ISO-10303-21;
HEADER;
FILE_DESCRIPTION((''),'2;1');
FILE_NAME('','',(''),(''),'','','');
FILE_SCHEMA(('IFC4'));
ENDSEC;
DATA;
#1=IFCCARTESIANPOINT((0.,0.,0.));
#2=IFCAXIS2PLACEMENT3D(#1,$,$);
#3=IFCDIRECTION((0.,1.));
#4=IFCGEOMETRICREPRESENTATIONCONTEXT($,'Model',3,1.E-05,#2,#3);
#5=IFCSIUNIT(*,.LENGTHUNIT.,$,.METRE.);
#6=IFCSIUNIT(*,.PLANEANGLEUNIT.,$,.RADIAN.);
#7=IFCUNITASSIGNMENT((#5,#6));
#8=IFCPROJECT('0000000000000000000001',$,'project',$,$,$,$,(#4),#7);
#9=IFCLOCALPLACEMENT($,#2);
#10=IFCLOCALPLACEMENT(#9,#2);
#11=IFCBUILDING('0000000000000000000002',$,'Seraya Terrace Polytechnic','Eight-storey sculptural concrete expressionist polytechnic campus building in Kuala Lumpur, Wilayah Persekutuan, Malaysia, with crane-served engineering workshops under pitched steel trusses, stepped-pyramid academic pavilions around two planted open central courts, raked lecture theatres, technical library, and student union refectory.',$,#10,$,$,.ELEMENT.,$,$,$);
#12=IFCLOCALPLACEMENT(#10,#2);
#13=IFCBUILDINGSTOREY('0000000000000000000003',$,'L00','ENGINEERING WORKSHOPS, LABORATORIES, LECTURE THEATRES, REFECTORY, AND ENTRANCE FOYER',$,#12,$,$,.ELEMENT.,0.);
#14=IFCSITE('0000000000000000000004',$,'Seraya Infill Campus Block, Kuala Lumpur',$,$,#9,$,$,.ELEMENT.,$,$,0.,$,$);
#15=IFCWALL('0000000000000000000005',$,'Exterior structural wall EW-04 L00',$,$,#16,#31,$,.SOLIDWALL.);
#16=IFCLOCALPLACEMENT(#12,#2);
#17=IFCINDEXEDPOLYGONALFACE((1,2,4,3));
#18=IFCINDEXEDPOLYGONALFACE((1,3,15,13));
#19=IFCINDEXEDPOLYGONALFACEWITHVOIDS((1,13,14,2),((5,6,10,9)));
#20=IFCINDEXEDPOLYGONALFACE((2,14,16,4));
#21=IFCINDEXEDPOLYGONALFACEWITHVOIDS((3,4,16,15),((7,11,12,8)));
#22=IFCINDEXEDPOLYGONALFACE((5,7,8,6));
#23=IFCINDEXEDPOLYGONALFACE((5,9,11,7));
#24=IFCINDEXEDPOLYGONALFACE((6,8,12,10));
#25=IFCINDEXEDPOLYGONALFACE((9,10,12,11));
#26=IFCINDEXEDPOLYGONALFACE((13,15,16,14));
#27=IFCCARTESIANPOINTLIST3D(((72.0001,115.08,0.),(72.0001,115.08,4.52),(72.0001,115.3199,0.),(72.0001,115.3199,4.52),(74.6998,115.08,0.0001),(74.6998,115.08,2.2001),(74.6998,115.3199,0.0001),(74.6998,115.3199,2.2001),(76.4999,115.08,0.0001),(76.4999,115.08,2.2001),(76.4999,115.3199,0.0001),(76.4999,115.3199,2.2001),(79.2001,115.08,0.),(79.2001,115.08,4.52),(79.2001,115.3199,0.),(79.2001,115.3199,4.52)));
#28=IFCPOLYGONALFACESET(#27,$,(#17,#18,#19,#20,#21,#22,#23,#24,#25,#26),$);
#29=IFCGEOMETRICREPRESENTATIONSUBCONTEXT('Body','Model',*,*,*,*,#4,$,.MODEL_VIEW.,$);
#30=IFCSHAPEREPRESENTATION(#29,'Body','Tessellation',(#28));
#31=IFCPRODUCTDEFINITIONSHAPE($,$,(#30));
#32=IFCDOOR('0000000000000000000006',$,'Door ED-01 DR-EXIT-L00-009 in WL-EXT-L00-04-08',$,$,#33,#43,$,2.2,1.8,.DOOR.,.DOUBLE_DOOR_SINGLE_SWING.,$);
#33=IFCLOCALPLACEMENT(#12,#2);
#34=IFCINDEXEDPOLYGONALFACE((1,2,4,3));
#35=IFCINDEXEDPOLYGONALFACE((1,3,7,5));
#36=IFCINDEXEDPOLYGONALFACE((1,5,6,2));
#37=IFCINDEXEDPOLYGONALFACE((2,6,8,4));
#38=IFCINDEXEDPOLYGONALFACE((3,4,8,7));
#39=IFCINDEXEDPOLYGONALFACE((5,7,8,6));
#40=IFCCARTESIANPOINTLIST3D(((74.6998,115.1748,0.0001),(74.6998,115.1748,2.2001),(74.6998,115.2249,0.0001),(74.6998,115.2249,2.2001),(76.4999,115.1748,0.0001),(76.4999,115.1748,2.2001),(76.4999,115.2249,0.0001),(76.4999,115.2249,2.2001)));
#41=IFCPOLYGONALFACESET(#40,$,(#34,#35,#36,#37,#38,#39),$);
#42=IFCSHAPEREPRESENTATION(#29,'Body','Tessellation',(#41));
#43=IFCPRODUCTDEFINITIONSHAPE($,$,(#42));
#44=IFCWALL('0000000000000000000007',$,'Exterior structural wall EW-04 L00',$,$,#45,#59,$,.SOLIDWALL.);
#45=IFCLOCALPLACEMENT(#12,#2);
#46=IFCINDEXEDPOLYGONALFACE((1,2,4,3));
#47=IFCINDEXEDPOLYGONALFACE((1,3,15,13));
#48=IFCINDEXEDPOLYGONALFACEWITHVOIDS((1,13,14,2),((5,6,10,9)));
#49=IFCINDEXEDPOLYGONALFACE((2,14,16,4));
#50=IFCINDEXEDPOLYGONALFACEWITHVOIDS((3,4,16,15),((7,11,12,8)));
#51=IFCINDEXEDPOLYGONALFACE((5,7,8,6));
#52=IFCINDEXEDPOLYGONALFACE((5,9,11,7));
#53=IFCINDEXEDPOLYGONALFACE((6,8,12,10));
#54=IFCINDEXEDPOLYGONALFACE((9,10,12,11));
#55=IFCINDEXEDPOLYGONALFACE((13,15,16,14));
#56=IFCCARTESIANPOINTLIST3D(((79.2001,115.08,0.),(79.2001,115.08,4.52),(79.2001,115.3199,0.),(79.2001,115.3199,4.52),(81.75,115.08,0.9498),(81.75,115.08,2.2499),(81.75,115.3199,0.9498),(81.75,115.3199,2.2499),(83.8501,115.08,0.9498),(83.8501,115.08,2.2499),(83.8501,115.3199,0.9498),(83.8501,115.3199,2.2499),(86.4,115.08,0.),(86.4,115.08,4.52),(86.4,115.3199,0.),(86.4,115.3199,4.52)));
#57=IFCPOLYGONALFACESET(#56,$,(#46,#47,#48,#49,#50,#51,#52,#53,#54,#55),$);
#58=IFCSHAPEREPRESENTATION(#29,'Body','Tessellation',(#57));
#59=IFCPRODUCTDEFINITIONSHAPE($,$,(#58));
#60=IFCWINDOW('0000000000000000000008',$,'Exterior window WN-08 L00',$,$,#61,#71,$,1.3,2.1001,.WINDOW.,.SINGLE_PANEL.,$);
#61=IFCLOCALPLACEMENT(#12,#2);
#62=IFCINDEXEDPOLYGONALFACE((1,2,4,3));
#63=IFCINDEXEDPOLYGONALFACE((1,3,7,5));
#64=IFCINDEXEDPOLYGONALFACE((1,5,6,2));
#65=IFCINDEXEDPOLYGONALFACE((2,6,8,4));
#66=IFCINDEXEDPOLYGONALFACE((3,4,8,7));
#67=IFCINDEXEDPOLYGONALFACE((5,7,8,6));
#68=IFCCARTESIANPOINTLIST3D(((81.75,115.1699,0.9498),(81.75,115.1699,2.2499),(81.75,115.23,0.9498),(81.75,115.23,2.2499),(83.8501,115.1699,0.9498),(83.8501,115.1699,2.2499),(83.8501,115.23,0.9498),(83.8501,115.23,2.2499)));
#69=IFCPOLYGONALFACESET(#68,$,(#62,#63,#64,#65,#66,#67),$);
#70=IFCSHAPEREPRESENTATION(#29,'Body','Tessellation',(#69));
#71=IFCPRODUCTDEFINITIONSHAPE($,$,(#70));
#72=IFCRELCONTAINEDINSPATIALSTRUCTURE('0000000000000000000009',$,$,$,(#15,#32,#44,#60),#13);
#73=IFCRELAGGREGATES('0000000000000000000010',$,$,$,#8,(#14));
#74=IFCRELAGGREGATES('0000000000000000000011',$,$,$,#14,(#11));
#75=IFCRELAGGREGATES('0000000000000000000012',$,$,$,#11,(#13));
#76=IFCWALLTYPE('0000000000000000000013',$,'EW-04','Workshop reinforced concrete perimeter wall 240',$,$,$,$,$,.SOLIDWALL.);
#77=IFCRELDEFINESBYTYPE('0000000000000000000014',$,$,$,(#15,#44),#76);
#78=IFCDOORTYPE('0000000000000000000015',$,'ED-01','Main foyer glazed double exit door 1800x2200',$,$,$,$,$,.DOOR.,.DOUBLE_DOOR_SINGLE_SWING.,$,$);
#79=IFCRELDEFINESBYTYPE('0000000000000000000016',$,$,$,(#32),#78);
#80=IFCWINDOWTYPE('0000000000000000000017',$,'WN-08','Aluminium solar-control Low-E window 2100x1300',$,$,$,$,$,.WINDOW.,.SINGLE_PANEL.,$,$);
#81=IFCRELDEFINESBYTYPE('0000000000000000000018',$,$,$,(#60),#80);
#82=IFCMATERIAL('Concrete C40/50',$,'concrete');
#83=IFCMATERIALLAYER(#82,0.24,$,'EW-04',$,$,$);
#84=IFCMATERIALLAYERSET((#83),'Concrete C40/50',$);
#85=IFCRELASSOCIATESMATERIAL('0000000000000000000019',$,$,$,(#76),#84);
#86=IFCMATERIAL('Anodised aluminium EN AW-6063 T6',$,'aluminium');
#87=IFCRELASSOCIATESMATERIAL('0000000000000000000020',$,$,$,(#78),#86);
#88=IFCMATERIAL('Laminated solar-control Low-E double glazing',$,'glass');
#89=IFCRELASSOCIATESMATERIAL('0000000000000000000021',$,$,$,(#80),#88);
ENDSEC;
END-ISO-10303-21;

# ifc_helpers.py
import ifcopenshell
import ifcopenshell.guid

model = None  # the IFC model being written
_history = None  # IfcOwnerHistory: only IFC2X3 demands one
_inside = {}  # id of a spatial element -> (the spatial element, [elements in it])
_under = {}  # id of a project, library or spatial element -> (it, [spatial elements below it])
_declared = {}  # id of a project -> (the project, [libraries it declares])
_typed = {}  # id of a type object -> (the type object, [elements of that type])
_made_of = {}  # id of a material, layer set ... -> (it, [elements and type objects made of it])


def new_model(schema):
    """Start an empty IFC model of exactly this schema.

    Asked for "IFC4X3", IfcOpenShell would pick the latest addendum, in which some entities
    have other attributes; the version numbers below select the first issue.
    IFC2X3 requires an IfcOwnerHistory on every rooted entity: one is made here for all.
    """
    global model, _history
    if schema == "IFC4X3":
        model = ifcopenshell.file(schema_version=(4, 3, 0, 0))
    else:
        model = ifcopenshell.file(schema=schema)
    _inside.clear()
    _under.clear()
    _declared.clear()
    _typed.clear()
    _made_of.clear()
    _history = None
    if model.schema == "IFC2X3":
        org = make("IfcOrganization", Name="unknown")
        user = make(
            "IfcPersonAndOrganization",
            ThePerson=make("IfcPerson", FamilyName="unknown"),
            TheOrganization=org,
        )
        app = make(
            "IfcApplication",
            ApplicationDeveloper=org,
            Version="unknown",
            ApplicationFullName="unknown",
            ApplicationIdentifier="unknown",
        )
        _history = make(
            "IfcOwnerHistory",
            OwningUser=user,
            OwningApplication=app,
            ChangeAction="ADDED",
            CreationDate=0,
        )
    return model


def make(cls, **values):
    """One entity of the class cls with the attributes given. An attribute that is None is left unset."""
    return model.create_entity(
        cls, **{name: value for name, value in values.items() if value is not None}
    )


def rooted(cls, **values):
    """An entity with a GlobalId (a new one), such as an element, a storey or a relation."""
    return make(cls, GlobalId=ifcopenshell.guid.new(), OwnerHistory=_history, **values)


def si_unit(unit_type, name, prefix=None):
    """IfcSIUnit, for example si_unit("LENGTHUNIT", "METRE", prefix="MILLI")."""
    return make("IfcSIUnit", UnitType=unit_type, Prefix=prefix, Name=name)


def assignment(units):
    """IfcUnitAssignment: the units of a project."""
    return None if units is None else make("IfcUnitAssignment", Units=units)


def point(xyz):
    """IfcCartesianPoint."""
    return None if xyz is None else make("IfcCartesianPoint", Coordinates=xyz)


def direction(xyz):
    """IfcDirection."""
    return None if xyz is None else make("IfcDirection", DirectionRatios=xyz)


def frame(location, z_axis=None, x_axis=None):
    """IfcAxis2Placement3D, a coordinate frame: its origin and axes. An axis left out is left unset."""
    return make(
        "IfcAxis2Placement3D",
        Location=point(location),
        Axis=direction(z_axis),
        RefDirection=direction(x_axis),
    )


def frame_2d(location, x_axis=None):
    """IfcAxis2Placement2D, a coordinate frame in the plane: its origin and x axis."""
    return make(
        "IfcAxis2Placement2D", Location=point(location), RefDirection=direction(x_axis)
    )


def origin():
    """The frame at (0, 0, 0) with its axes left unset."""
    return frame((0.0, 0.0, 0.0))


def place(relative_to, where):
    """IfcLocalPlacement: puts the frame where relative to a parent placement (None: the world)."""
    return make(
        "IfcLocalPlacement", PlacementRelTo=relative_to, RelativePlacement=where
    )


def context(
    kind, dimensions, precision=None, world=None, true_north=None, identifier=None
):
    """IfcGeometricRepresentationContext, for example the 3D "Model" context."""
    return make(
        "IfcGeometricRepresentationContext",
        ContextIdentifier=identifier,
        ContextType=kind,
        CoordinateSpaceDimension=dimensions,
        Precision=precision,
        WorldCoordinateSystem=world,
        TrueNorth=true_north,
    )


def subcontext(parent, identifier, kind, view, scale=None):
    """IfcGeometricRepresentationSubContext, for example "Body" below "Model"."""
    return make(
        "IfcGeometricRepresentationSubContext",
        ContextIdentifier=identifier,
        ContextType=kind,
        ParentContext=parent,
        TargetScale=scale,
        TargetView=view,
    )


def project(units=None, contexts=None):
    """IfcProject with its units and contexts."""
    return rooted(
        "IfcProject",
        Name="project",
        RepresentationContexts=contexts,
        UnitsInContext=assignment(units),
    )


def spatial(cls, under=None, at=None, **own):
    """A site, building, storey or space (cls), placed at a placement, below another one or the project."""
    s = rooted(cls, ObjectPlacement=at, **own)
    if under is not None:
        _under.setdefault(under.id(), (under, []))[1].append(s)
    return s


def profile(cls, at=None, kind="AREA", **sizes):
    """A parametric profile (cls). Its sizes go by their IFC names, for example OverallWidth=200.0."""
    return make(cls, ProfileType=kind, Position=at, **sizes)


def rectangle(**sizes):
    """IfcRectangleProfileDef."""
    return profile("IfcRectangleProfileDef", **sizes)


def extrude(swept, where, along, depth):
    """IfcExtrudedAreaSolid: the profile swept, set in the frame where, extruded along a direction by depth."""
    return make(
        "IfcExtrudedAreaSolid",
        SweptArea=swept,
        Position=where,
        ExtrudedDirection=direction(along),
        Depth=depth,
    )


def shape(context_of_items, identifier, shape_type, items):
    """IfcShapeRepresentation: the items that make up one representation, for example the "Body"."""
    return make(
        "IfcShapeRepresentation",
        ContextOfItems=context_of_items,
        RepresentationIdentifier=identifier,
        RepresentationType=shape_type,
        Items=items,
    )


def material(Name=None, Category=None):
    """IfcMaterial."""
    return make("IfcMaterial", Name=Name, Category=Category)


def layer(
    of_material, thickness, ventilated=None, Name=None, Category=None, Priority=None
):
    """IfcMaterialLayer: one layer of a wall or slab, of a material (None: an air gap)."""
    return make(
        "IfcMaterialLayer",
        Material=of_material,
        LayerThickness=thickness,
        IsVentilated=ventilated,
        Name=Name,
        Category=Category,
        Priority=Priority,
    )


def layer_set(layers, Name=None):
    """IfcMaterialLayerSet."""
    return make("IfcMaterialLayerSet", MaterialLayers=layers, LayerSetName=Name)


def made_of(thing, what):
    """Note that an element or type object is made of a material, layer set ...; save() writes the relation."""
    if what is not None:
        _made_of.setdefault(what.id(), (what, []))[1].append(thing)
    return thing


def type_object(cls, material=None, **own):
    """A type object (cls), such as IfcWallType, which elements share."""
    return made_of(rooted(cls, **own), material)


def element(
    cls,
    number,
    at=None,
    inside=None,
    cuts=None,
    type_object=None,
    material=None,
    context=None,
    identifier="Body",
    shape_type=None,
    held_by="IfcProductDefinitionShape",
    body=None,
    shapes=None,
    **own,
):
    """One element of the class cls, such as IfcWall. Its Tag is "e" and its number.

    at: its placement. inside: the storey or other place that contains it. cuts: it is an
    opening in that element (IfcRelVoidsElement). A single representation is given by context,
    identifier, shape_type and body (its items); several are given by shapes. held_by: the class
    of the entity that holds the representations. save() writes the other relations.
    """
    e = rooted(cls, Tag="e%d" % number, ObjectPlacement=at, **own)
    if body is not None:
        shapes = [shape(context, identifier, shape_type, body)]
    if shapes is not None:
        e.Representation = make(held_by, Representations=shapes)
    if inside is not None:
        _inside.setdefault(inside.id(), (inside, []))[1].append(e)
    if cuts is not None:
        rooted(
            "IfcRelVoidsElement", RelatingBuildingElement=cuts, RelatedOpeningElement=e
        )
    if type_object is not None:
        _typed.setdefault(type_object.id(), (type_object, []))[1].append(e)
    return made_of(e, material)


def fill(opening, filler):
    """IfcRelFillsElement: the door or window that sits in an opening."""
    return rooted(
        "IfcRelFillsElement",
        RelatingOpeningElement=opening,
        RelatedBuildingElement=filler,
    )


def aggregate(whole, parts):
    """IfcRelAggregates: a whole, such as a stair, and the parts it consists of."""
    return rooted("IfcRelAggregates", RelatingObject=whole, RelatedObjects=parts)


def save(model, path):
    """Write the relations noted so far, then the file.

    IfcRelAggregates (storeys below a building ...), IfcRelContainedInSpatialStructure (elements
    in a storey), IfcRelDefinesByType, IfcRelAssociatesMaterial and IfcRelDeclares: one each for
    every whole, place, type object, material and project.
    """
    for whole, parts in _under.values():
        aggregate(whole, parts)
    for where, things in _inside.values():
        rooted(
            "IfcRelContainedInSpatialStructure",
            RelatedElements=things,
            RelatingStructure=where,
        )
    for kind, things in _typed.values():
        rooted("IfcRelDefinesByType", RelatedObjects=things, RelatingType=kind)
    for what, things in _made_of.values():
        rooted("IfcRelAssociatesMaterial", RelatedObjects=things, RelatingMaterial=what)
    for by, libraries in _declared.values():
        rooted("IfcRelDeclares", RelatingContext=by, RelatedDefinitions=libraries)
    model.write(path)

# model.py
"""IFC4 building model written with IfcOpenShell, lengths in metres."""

from ifc_helpers import new_model, si_unit, direction, frame, frame_2d, origin, place, context, subcontext, project, spatial, rectangle, extrude, material, layer, layer_set, type_object, element, fill, save


model = new_model("IFC4")

# Units and contexts
model_context = context("Model", 3, precision=1e-05, world=origin(), true_north=direction((0.0, 1.0)))
body_context = subcontext(model_context, "Body", "Model", "MODEL_VIEW")
ifc_project = project(units=[si_unit("LENGTHUNIT", "METRE"), si_unit("PLANEANGLEUNIT", "RADIAN")], contexts=[model_context])

# Site, building, storey
site_placement = place(None, origin())
site = spatial("IfcSite", under=ifc_project, at=site_placement, Name="Seraya Infill Campus Block, Kuala Lumpur", CompositionType="ELEMENT", RefElevation=0.0)
building_placement = place(site_placement, origin())
building = spatial("IfcBuilding", under=site, at=building_placement, Name="Seraya Terrace Polytechnic", Description="Eight-storey sculptural concrete expressionist polytechnic campus building in Kuala Lumpur, Wilayah Persekutuan, Malaysia, with crane-served engineering workshops under pitched steel trusses, stepped-pyramid academic pavilions around two planted open central courts, raked lecture theatres, technical library, and student union refectory.", CompositionType="ELEMENT")
storey_placement = place(building_placement, origin())
storey = spatial("IfcBuildingStorey", under=building, at=storey_placement, Name="L00", Description="ENGINEERING WORKSHOPS, LABORATORIES, LECTURE THEATRES, REFECTORY, AND ENTRANCE FOYER", CompositionType="ELEMENT", Elevation=0.0)

# Shared definitions
ifc_material_1 = material(Name="Concrete C40/50", Category="concrete")

# Shared definitions
ifc_layer = layer(ifc_material_1, 0.24, Name="EW-04")
ifc_layer_set = layer_set([ifc_layer], Name="Concrete C40/50")
wall_type = type_object("IfcWallType", Name="EW-04", Description="Workshop reinforced concrete perimeter wall 240", PredefinedType="SOLIDWALL", material=ifc_layer_set)
ifc_material_2 = material(Name="Laminated solar-control Low-E double glazing", Category="glass")

# Wall, opening, door
wall_1_placement = place(storey_placement, frame((72.0, 115.2, 0.0), z_axis=(0.0, 0.0, 1.0), x_axis=(1.0, 0.0, 0.0)))
wall_1 = element("IfcWall", 1, at=wall_1_placement, inside=storey, type_object=wall_type, Name="Exterior structural wall EW-04 L00", PredefinedType="SOLIDWALL", context=body_context, shape_type="SweptSolid", body=[
    extrude(rectangle(XDim=7.2, YDim=0.24, at=frame_2d((3.6001, 0.0))), origin(), (0.0, 0.0, 1.0), 4.52),
])
opening_1_placement = place(wall_1_placement, frame((2.7, 0.0, 0.0)))
opening_1 = element("IfcOpeningElement", 2, at=opening_1_placement, cuts=wall_1, PredefinedType="OPENING", context=body_context, shape_type="SweptSolid", body=[
    extrude(rectangle(XDim=1.8, YDim=2.2, at=frame_2d((0.8999, 1.1001))), frame((0.0, 0.1318, 0.0), z_axis=(0.0, -1.0, 0.0), x_axis=(1.0, 0.0, 0.0)), (0.0, 0.0, 1.0), 0.2639),
])
ifc_material_3 = material(Name="Anodised aluminium EN AW-6063 T6", Category="aluminium")
door_type = type_object("IfcDoorType", Name="ED-01", Description="Main foyer glazed double exit door 1800x2200", OperationType="DOUBLE_DOOR_SINGLE_SWING", PredefinedType="DOOR", material=ifc_material_3)
door_placement = place(opening_1_placement, origin())
door = element("IfcDoor", 3, at=door_placement, inside=storey, type_object=door_type, Name="Door ED-01 DR-EXIT-L00-009 in WL-EXT-L00-04-08", OperationType="DOUBLE_DOOR_SINGLE_SWING", OverallHeight=2.2, OverallWidth=1.8, PredefinedType="DOOR", context=body_context, shape_type="SweptSolid", body=[
    extrude(rectangle(XDim=1.8, YDim=2.2, at=frame_2d((0.8999, 1.1001))), frame((0.0, 0.0249, 0.0), z_axis=(0.0, -1.0, 0.0), x_axis=(1.0, 0.0, 0.0)), (0.0, 0.0, 1.0), 0.05),
])
fill(opening_1, door)

# Wall, opening, window
wall_2_placement = place(storey_placement, frame((79.2, 115.2, 0.0), z_axis=(0.0, 0.0, 1.0), x_axis=(1.0, 0.0, 0.0)))
wall_2 = element("IfcWall", 4, at=wall_2_placement, inside=storey, type_object=wall_type, Name="Exterior structural wall EW-04 L00", PredefinedType="SOLIDWALL", context=body_context, shape_type="SweptSolid", body=[
    extrude(rectangle(XDim=7.2, YDim=0.24, at=frame_2d((3.6001, 0.0))), origin(), (0.0, 0.0, 1.0), 4.52),
])
opening_2_placement = place(wall_2_placement, frame((2.55, 0.0, 0.95)))
opening_2 = element("IfcOpeningElement", 5, at=opening_2_placement, cuts=wall_2, PredefinedType="OPENING", context=body_context, shape_type="SweptSolid", body=[
    extrude(rectangle(XDim=2.1001, YDim=1.3, at=frame_2d((1.05, 0.6499))), frame((0.0, 0.1318, 0.0), z_axis=(0.0, -1.0, 0.0), x_axis=(1.0, 0.0, 0.0)), (0.0, 0.0, 1.0), 0.2639),
])
window_type_1 = type_object("IfcWindowType", Name="WN-08", Description="Aluminium solar-control Low-E window 2100x1300", PartitioningType="SINGLE_PANEL", PredefinedType="WINDOW", material=ifc_material_2)
window_1_placement = place(opening_2_placement, origin())
window_1 = element("IfcWindow", 6, at=window_1_placement, inside=storey, type_object=window_type_1, Name="Exterior window WN-08 L00", OverallHeight=1.3, OverallWidth=2.1001, PartitioningType="SINGLE_PANEL", PredefinedType="WINDOW", context=body_context, shape_type="SweptSolid", body=[
    extrude(rectangle(XDim=2.1001, YDim=1.3, at=frame_2d((1.05, 0.6499))), frame((0.0, 0.03, 0.0), z_axis=(0.0, -1.0, 0.0), x_axis=(1.0, 0.0, 0.0)), (0.0, 0.0, 1.0), 0.0601),
])
fill(opening_2, window_1)

save(model, "model.ifc")
